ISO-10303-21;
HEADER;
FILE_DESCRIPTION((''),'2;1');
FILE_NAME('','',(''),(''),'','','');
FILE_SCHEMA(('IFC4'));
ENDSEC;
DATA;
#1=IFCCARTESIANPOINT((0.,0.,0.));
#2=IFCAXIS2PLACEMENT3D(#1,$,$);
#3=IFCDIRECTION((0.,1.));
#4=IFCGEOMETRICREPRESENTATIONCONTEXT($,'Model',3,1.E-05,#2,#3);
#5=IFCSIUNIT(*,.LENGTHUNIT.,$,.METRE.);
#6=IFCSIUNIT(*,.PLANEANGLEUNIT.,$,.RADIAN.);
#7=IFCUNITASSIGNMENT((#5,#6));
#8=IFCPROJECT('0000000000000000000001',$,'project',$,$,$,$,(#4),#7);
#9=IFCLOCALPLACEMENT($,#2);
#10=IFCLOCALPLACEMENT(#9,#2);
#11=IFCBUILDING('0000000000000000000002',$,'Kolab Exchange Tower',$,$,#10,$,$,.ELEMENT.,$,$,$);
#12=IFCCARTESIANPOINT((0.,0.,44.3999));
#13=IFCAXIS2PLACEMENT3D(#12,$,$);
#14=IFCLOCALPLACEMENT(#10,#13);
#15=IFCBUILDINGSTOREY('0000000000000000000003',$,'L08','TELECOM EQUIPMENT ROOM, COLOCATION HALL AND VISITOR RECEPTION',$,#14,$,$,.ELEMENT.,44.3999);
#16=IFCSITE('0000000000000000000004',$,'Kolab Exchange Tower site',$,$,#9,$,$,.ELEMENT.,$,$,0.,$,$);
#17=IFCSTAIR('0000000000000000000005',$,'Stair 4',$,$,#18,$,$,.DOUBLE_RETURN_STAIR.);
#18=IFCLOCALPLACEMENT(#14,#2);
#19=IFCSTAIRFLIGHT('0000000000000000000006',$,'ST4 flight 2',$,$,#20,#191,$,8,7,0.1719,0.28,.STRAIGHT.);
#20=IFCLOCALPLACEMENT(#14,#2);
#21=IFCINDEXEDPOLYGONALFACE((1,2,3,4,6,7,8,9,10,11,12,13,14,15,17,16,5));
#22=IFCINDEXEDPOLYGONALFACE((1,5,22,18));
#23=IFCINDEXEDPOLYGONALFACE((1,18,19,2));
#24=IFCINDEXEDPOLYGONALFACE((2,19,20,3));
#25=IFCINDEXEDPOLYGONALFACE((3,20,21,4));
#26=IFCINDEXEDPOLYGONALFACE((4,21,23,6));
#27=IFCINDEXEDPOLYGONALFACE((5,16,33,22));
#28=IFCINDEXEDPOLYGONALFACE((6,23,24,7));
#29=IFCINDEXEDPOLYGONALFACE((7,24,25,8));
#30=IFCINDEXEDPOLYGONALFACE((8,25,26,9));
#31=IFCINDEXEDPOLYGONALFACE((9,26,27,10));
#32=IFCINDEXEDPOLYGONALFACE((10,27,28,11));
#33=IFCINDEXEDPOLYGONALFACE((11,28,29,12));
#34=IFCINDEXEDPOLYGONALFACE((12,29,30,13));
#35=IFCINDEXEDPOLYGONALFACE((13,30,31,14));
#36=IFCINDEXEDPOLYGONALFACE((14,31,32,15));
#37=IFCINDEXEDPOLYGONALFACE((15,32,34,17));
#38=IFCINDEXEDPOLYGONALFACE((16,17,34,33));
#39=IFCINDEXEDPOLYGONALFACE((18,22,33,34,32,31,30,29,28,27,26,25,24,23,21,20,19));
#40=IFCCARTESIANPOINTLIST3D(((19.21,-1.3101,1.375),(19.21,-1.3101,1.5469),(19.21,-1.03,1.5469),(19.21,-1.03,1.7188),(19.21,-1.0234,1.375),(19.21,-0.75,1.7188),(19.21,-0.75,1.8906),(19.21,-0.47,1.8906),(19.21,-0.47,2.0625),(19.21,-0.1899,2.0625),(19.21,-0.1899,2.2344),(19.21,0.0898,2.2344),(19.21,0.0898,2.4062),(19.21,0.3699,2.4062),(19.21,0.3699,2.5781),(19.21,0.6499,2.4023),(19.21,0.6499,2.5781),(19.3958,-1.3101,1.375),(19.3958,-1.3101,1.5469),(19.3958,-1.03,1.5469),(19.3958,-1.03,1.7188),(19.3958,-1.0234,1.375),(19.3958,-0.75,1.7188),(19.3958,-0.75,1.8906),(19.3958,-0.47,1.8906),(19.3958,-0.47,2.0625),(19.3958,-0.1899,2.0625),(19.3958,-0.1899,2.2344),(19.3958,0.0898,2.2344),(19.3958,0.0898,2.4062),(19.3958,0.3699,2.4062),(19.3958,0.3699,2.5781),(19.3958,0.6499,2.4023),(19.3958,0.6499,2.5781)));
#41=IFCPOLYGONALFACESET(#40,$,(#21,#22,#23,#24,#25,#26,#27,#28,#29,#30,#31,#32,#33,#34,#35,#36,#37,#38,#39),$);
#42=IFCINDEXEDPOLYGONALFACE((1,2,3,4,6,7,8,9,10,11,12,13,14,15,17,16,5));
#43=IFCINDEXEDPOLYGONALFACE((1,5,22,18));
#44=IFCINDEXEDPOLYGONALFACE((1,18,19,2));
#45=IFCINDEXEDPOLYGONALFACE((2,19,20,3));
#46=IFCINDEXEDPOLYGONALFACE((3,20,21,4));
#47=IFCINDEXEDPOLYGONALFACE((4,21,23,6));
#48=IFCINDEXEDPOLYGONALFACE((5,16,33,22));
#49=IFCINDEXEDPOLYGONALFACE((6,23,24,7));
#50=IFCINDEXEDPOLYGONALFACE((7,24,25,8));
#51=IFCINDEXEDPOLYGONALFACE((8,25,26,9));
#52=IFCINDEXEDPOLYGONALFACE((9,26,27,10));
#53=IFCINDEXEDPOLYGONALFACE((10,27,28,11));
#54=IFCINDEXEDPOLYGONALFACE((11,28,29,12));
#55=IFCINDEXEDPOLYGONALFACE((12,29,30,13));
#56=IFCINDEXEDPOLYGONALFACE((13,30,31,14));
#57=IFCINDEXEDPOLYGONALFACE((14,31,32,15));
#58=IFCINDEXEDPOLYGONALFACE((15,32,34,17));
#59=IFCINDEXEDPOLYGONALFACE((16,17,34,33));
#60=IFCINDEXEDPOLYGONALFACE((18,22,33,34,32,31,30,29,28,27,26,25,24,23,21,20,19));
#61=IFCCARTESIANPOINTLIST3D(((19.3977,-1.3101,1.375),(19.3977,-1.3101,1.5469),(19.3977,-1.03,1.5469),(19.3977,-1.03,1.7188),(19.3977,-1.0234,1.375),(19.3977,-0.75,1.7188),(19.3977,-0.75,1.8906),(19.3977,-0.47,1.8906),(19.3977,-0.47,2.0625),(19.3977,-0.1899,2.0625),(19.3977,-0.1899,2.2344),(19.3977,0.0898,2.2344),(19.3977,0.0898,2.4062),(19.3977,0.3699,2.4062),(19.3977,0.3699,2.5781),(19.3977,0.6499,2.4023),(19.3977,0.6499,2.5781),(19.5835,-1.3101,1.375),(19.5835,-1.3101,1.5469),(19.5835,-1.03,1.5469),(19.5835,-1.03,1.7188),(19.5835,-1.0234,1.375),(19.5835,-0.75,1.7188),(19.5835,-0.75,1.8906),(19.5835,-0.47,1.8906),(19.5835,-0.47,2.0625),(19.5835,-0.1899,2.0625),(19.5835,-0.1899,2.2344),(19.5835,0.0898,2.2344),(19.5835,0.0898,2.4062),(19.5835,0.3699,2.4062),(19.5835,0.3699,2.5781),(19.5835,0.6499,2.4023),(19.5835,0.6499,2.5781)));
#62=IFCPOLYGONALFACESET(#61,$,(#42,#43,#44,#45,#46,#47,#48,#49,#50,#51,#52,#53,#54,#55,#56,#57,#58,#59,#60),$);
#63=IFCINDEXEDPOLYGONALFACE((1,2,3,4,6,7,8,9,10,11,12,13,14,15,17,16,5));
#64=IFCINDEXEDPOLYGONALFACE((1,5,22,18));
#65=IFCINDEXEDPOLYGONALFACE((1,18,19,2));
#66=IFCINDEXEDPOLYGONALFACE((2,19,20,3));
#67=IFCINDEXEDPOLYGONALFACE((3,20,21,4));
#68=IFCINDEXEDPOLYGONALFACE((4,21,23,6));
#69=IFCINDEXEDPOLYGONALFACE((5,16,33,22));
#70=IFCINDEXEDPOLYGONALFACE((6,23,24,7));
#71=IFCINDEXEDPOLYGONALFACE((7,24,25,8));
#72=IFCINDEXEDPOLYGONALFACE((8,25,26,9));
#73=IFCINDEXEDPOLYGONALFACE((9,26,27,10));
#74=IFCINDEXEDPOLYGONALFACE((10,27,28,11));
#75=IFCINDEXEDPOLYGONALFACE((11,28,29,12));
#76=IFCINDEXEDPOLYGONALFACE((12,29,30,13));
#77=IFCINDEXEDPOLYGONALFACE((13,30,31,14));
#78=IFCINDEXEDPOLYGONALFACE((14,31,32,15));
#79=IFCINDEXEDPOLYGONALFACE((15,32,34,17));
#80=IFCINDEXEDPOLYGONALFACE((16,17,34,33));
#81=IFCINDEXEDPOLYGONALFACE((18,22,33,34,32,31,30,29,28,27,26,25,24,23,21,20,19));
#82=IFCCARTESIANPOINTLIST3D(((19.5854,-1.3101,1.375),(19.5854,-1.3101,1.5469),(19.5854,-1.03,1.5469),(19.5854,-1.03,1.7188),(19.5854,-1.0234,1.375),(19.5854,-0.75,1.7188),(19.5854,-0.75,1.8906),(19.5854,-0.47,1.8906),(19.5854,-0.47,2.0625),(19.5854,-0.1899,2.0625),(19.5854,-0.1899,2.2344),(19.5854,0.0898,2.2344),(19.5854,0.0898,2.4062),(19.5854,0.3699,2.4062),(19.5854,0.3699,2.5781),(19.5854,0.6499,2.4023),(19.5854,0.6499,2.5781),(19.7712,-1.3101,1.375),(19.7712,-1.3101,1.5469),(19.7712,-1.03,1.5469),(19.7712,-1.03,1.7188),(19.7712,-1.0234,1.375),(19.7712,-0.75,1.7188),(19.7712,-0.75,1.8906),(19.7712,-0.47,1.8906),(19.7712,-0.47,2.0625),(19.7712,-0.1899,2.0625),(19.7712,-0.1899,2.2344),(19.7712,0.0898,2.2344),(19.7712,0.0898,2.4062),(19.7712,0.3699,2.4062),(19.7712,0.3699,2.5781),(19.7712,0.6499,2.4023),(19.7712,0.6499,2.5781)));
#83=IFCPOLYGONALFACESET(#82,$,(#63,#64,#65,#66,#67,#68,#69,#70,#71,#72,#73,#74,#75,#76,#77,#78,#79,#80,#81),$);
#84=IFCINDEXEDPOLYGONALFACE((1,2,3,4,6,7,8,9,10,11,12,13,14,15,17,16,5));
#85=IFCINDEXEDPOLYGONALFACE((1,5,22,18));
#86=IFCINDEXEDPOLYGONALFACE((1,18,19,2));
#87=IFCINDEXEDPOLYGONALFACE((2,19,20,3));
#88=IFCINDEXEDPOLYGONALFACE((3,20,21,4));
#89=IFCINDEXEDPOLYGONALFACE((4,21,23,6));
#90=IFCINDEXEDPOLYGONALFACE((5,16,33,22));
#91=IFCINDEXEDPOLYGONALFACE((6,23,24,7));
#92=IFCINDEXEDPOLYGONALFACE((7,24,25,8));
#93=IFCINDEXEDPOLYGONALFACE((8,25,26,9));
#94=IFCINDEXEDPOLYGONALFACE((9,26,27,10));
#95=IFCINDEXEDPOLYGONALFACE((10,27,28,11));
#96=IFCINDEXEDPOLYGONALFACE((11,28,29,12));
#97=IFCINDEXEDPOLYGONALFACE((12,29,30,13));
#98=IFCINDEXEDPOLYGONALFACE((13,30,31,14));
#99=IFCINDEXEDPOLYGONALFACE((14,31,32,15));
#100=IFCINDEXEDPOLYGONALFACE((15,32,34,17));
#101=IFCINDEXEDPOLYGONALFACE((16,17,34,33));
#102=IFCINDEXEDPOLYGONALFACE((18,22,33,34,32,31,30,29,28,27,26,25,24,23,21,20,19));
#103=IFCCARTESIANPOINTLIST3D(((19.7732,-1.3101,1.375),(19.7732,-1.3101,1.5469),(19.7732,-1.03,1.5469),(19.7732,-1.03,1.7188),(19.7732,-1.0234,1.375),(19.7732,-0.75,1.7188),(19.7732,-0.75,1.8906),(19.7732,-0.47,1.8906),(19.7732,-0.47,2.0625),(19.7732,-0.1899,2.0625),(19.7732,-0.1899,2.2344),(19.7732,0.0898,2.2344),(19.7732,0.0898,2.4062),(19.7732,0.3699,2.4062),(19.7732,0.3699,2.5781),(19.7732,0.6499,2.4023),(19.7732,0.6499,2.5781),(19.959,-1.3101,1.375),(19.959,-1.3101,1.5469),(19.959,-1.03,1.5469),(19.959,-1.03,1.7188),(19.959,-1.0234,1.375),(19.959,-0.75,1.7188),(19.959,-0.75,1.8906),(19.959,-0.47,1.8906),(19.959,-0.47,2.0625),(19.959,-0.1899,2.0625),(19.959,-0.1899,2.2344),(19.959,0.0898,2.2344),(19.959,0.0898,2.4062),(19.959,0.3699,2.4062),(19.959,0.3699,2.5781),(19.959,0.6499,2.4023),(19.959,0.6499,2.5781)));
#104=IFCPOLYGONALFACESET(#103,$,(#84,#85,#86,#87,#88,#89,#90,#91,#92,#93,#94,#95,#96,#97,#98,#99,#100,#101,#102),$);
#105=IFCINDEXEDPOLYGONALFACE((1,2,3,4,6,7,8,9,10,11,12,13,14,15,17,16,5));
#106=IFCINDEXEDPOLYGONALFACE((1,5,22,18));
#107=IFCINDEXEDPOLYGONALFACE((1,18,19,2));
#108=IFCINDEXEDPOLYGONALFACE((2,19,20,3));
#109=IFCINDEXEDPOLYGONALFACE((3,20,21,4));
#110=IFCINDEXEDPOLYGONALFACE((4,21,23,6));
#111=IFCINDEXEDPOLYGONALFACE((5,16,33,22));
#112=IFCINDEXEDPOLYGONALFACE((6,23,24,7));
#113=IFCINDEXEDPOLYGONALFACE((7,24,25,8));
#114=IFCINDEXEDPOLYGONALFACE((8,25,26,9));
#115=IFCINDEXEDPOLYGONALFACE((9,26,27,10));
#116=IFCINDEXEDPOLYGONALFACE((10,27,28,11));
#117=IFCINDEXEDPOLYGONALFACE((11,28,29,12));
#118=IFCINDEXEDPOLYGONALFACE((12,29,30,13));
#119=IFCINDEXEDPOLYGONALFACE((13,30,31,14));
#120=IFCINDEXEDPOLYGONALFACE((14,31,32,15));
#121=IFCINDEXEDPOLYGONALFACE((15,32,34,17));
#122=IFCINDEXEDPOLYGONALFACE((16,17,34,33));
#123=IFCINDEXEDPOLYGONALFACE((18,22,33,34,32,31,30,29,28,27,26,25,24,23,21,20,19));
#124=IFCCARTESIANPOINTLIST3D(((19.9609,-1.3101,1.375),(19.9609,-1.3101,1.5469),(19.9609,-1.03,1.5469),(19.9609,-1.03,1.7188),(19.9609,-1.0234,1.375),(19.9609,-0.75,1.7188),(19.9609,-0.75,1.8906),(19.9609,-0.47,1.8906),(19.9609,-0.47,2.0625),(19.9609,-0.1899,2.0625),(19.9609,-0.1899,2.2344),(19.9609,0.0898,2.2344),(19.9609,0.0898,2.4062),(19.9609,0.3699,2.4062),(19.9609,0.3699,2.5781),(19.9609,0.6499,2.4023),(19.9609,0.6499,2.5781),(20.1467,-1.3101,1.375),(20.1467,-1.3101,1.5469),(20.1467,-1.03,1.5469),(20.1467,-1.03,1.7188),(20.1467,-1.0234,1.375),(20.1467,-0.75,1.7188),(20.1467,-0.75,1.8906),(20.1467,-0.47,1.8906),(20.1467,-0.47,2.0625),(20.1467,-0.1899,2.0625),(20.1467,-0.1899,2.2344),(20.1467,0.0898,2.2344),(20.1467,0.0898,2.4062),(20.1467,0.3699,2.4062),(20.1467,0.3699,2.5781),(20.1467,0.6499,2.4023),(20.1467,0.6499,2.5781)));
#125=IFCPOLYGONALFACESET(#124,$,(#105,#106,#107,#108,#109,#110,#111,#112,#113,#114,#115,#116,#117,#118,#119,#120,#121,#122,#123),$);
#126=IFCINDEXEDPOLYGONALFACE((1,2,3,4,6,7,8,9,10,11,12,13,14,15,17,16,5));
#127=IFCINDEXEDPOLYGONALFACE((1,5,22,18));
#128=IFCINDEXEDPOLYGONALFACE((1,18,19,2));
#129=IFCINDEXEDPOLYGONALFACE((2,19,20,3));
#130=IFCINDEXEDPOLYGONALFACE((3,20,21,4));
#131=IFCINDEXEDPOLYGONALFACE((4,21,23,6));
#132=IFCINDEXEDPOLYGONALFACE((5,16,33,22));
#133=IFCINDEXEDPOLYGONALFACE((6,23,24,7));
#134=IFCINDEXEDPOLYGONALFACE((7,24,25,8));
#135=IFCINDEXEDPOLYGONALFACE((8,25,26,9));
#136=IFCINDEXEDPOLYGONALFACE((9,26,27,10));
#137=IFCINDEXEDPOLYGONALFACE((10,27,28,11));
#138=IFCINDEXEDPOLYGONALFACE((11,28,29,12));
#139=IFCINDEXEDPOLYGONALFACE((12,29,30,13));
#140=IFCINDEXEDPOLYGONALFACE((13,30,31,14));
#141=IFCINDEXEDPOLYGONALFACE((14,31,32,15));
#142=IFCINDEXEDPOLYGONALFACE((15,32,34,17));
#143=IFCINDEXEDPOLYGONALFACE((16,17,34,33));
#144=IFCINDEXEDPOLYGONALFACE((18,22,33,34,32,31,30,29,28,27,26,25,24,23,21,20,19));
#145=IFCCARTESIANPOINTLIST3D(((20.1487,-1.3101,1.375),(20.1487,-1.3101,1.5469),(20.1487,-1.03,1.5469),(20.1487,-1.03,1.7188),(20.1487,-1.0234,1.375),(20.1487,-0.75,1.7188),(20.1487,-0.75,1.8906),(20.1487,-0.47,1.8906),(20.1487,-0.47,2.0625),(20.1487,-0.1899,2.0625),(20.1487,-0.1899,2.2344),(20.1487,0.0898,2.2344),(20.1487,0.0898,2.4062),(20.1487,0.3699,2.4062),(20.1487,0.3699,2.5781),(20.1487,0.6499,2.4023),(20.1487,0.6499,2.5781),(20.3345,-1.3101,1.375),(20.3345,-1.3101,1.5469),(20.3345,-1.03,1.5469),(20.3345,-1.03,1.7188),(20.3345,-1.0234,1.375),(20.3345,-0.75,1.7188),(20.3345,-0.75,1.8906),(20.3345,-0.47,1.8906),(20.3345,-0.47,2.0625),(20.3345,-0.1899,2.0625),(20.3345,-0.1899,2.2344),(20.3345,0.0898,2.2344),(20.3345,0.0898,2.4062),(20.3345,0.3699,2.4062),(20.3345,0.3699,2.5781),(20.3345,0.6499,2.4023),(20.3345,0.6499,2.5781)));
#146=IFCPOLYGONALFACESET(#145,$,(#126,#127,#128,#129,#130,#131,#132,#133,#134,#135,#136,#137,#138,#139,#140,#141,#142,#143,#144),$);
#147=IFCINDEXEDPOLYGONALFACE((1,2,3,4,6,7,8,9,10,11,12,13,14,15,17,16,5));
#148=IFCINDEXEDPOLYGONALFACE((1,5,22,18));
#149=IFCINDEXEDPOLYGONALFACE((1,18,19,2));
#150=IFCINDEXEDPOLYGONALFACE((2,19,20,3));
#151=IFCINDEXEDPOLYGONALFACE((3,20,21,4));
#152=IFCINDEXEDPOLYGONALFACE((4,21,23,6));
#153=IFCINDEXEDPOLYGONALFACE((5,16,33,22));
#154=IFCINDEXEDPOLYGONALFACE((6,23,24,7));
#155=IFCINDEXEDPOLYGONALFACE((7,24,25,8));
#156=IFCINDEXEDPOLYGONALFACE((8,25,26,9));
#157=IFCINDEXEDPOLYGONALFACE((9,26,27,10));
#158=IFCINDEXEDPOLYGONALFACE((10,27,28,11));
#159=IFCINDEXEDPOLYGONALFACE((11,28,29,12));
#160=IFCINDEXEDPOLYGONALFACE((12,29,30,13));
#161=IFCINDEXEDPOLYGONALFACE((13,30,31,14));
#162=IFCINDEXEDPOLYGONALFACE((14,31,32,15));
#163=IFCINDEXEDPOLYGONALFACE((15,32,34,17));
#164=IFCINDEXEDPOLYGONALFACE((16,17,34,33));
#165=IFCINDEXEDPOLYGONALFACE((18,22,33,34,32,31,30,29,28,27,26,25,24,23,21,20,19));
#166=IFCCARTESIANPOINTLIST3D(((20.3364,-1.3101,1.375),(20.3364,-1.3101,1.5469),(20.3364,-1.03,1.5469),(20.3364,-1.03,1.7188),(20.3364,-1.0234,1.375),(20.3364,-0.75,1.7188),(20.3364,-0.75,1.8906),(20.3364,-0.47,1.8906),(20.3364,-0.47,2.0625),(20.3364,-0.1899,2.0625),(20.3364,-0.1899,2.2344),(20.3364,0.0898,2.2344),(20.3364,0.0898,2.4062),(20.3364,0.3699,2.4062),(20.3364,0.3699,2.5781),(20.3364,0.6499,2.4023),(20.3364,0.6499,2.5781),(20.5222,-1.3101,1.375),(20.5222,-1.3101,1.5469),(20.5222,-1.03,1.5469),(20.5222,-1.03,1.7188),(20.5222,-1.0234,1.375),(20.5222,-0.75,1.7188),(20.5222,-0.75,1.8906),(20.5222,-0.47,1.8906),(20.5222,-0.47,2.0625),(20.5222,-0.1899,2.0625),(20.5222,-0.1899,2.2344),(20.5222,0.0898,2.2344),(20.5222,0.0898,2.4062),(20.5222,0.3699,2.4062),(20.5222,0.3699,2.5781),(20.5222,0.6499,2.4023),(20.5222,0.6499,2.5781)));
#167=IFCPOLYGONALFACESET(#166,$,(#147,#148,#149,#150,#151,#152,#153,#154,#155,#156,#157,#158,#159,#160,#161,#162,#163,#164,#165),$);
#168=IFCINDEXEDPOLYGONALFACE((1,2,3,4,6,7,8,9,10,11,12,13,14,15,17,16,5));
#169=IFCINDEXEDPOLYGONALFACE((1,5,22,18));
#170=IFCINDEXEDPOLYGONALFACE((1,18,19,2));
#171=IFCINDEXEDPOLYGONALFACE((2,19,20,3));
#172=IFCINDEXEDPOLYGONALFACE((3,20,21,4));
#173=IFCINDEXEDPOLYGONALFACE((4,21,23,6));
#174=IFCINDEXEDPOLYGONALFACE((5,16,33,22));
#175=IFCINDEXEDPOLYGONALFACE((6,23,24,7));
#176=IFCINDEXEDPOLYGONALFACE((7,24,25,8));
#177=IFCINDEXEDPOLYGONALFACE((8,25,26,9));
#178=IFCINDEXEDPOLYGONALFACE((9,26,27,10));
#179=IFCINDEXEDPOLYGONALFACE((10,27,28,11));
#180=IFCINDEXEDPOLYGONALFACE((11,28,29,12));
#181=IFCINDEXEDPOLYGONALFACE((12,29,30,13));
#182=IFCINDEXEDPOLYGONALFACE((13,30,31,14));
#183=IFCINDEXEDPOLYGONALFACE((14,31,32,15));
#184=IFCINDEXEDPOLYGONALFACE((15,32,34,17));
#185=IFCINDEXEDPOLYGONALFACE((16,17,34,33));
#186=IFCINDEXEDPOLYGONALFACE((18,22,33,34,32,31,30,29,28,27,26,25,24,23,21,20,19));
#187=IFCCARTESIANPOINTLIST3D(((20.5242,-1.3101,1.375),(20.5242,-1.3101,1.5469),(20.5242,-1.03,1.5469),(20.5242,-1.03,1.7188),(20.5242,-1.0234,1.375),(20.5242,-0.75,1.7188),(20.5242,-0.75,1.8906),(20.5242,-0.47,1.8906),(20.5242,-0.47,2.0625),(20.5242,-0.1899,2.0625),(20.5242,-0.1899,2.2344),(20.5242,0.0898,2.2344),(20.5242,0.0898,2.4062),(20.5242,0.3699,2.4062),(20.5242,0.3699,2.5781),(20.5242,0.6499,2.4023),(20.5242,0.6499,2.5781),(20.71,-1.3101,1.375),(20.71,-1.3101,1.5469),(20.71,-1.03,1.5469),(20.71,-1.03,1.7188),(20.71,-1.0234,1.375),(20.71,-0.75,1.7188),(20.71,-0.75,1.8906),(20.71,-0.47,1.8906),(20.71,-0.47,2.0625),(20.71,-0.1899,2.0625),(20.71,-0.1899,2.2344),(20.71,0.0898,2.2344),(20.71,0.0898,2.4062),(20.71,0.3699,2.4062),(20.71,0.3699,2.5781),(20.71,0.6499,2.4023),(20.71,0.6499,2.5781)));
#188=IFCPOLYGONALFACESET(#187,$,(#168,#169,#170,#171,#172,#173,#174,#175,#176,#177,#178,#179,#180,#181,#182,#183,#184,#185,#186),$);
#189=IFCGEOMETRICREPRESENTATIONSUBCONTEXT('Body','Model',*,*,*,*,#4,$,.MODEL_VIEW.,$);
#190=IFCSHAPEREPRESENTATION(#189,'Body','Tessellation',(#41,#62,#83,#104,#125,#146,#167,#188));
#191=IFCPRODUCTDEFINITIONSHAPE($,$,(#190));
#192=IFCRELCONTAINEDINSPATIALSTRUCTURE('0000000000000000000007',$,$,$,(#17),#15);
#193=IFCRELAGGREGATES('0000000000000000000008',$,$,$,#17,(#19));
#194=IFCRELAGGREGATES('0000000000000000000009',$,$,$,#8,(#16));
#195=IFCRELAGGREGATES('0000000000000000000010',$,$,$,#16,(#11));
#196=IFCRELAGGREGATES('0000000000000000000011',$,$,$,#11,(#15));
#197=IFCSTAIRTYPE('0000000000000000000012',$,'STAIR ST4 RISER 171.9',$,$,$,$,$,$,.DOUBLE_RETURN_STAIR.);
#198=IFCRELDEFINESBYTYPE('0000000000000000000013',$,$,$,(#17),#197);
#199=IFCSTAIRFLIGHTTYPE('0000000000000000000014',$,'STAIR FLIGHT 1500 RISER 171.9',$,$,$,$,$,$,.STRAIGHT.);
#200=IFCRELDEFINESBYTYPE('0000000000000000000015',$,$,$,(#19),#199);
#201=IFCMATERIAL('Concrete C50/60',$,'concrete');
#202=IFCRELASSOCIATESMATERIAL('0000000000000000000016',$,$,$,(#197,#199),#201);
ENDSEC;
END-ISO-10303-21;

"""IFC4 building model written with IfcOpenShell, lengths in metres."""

from ifc_helpers import new_model, si_unit, direction, frame, origin, place, context, subcontext, project, spatial, polyline, outline, extrude, material, type_object, element, aggregate, save


model = new_model("IFC4")

# Units and contexts
model_context = context("Model", 3, precision=1e-05, world=origin(), true_north=direction((0.0, 1.0)))
body_context = subcontext(model_context, "Body", "Model", "MODEL_VIEW")
ifc_project = project(units=[si_unit("LENGTHUNIT", "METRE"), si_unit("PLANEANGLEUNIT", "RADIAN")], contexts=[model_context])

# Site, building, storey
site_placement = place(None, origin())
site = spatial("IfcSite", under=ifc_project, at=site_placement, Name="Kolab Exchange Tower site", CompositionType="ELEMENT", RefElevation=0.0)
building_placement = place(site_placement, origin())
building = spatial("IfcBuilding", under=site, at=building_placement, Name="Kolab Exchange Tower", CompositionType="ELEMENT")
storey_placement = place(building_placement, frame((0.0, 0.0, 44.3999)))
storey = spatial("IfcBuildingStorey", under=building, at=storey_placement, Name="L08", Description="TELECOM EQUIPMENT ROOM, COLOCATION HALL AND VISITOR RECEPTION", CompositionType="ELEMENT", Elevation=44.3999)

# Shared definitions
ifc_material_1 = material(Name="Concrete C50/60", Category="concrete")

# Stair, stair flight
stair_type = type_object("IfcStairType", Name="STAIR ST4 RISER 171.9", PredefinedType="DOUBLE_RETURN_STAIR", material=ifc_material_1)
stair_placement = place(storey_placement, origin())
stair = element("IfcStair", 1, at=stair_placement, inside=storey, type_object=stair_type, Name="Stair 4", PredefinedType="DOUBLE_RETURN_STAIR")
stair_flight_type = type_object("IfcStairFlightType", Name="STAIR FLIGHT 1500 RISER 171.9", PredefinedType="STRAIGHT", material=ifc_material_1)
stair_flight_1_placement = place(storey_placement, frame((19.96, -1.3101, 1.375), z_axis=(0.0, 0.0, 1.0), x_axis=(0.0, 1.0, 0.0)))
stair_flight_1 = element("IfcStairFlight", 2, at=stair_flight_1_placement, type_object=stair_flight_type, Name="ST4 flight 2", NumberOfRisers=8, NumberOfTreads=7, PredefinedType="STRAIGHT", RiserHeight=0.1719, TreadLength=0.28, context=body_context, shape_type="SweptSolid", body=[
    extrude(outline(polyline([(0.0, 0.0), (0.0, 0.1719), (0.28, 0.1719), (0.28, 0.3438), (0.5601, 0.3438), (0.5601, 0.5156), (0.8401, 0.5156), (0.8401, 0.6875), (1.1201, 0.6875), (1.1201, 0.8594), (1.3999, 0.8594), (1.3999, 1.0312), (1.6799, 1.0312), (1.6799, 1.2031), (1.96, 1.2031), (1.96, 1.375), (1.96, 1.0273), (0.2866, 0.0), (0.0, 0.0)])), frame((0.0, 0.75, 0.0), z_axis=(0.0, -1.0, 0.0), x_axis=(1.0, 0.0, 0.0)), (0.0, 0.0, 1.0), 0.1858),
    extrude(outline(polyline([(0.0, 0.0), (0.0, 0.1719), (0.28, 0.1719), (0.28, 0.3438), (0.5601, 0.3438), (0.5601, 0.5156), (0.8401, 0.5156), (0.8401, 0.6875), (1.1201, 0.6875), (1.1201, 0.8594), (1.3999, 0.8594), (1.3999, 1.0312), (1.6799, 1.0312), (1.6799, 1.2031), (1.96, 1.2031), (1.96, 1.375), (1.96, 1.0273), (0.2866, 0.0), (0.0, 0.0)])), frame((0.0, 0.5623, 0.0), z_axis=(0.0, -1.0, 0.0), x_axis=(1.0, 0.0, 0.0)), (0.0, 0.0, 1.0), 0.1858),
    extrude(outline(polyline([(0.0, 0.0), (0.0, 0.1719), (0.28, 0.1719), (0.28, 0.3438), (0.5601, 0.3438), (0.5601, 0.5156), (0.8401, 0.5156), (0.8401, 0.6875), (1.1201, 0.6875), (1.1201, 0.8594), (1.3999, 0.8594), (1.3999, 1.0312), (1.6799, 1.0312), (1.6799, 1.2031), (1.96, 1.2031), (1.96, 1.375), (1.96, 1.0273), (0.2866, 0.0), (0.0, 0.0)])), frame((0.0, 0.3745, 0.0), z_axis=(0.0, -1.0, 0.0), x_axis=(1.0, 0.0, 0.0)), (0.0, 0.0, 1.0), 0.1858),
    extrude(outline(polyline([(0.0, 0.0), (0.0, 0.1719), (0.28, 0.1719), (0.28, 0.3438), (0.5601, 0.3438), (0.5601, 0.5156), (0.8401, 0.5156), (0.8401, 0.6875), (1.1201, 0.6875), (1.1201, 0.8594), (1.3999, 0.8594), (1.3999, 1.0312), (1.6799, 1.0312), (1.6799, 1.2031), (1.96, 1.2031), (1.96, 1.375), (1.96, 1.0273), (0.2866, 0.0), (0.0, 0.0)])), frame((0.0, 0.1868, 0.0), z_axis=(0.0, -1.0, 0.0), x_axis=(1.0, 0.0, 0.0)), (0.0, 0.0, 1.0), 0.1858),
    extrude(outline(polyline([(0.0, 0.0), (0.0, 0.1719), (0.28, 0.1719), (0.28, 0.3438), (0.5601, 0.3438), (0.5601, 0.5156), (0.8401, 0.5156), (0.8401, 0.6875), (1.1201, 0.6875), (1.1201, 0.8594), (1.3999, 0.8594), (1.3999, 1.0312), (1.6799, 1.0312), (1.6799, 1.2031), (1.96, 1.2031), (1.96, 1.375), (1.96, 1.0273), (0.2866, 0.0), (0.0, 0.0)])), frame((0.0, -0.001, 0.0), z_axis=(0.0, -1.0, 0.0), x_axis=(1.0, 0.0, 0.0)), (0.0, 0.0, 1.0), 0.1858),
    extrude(outline(polyline([(0.0, 0.0), (0.0, 0.1719), (0.28, 0.1719), (0.28, 0.3438), (0.5601, 0.3438), (0.5601, 0.5156), (0.8401, 0.5156), (0.8401, 0.6875), (1.1201, 0.6875), (1.1201, 0.8594), (1.3999, 0.8594), (1.3999, 1.0312), (1.6799, 1.0312), (1.6799, 1.2031), (1.96, 1.2031), (1.96, 1.375), (1.96, 1.0273), (0.2866, 0.0), (0.0, 0.0)])), frame((0.0, -0.1887, 0.0), z_axis=(0.0, -1.0, 0.0), x_axis=(1.0, 0.0, 0.0)), (0.0, 0.0, 1.0), 0.1858),
    extrude(outline(polyline([(0.0, 0.0), (0.0, 0.1719), (0.28, 0.1719), (0.28, 0.3438), (0.5601, 0.3438), (0.5601, 0.5156), (0.8401, 0.5156), (0.8401, 0.6875), (1.1201, 0.6875), (1.1201, 0.8594), (1.3999, 0.8594), (1.3999, 1.0312), (1.6799, 1.0312), (1.6799, 1.2031), (1.96, 1.2031), (1.96, 1.375), (1.96, 1.0273), (0.2866, 0.0), (0.0, 0.0)])), frame((0.0, -0.3765, 0.0), z_axis=(0.0, -1.0, 0.0), x_axis=(1.0, 0.0, 0.0)), (0.0, 0.0, 1.0), 0.1858),
    extrude(outline(polyline([(0.0, 0.0), (0.0, 0.1719), (0.28, 0.1719), (0.28, 0.3438), (0.5601, 0.3438), (0.5601, 0.5156), (0.8401, 0.5156), (0.8401, 0.6875), (1.1201, 0.6875), (1.1201, 0.8594), (1.3999, 0.8594), (1.3999, 1.0312), (1.6799, 1.0312), (1.6799, 1.2031), (1.96, 1.2031), (1.96, 1.375), (1.96, 1.0273), (0.2866, 0.0), (0.0, 0.0)])), frame((0.0, -0.5642, 0.0), z_axis=(0.0, -1.0, 0.0), x_axis=(1.0, 0.0, 0.0)), (0.0, 0.0, 1.0), 0.1858),
])
aggregate(stair, [stair_flight_1])

save(model, "model.ifc")
